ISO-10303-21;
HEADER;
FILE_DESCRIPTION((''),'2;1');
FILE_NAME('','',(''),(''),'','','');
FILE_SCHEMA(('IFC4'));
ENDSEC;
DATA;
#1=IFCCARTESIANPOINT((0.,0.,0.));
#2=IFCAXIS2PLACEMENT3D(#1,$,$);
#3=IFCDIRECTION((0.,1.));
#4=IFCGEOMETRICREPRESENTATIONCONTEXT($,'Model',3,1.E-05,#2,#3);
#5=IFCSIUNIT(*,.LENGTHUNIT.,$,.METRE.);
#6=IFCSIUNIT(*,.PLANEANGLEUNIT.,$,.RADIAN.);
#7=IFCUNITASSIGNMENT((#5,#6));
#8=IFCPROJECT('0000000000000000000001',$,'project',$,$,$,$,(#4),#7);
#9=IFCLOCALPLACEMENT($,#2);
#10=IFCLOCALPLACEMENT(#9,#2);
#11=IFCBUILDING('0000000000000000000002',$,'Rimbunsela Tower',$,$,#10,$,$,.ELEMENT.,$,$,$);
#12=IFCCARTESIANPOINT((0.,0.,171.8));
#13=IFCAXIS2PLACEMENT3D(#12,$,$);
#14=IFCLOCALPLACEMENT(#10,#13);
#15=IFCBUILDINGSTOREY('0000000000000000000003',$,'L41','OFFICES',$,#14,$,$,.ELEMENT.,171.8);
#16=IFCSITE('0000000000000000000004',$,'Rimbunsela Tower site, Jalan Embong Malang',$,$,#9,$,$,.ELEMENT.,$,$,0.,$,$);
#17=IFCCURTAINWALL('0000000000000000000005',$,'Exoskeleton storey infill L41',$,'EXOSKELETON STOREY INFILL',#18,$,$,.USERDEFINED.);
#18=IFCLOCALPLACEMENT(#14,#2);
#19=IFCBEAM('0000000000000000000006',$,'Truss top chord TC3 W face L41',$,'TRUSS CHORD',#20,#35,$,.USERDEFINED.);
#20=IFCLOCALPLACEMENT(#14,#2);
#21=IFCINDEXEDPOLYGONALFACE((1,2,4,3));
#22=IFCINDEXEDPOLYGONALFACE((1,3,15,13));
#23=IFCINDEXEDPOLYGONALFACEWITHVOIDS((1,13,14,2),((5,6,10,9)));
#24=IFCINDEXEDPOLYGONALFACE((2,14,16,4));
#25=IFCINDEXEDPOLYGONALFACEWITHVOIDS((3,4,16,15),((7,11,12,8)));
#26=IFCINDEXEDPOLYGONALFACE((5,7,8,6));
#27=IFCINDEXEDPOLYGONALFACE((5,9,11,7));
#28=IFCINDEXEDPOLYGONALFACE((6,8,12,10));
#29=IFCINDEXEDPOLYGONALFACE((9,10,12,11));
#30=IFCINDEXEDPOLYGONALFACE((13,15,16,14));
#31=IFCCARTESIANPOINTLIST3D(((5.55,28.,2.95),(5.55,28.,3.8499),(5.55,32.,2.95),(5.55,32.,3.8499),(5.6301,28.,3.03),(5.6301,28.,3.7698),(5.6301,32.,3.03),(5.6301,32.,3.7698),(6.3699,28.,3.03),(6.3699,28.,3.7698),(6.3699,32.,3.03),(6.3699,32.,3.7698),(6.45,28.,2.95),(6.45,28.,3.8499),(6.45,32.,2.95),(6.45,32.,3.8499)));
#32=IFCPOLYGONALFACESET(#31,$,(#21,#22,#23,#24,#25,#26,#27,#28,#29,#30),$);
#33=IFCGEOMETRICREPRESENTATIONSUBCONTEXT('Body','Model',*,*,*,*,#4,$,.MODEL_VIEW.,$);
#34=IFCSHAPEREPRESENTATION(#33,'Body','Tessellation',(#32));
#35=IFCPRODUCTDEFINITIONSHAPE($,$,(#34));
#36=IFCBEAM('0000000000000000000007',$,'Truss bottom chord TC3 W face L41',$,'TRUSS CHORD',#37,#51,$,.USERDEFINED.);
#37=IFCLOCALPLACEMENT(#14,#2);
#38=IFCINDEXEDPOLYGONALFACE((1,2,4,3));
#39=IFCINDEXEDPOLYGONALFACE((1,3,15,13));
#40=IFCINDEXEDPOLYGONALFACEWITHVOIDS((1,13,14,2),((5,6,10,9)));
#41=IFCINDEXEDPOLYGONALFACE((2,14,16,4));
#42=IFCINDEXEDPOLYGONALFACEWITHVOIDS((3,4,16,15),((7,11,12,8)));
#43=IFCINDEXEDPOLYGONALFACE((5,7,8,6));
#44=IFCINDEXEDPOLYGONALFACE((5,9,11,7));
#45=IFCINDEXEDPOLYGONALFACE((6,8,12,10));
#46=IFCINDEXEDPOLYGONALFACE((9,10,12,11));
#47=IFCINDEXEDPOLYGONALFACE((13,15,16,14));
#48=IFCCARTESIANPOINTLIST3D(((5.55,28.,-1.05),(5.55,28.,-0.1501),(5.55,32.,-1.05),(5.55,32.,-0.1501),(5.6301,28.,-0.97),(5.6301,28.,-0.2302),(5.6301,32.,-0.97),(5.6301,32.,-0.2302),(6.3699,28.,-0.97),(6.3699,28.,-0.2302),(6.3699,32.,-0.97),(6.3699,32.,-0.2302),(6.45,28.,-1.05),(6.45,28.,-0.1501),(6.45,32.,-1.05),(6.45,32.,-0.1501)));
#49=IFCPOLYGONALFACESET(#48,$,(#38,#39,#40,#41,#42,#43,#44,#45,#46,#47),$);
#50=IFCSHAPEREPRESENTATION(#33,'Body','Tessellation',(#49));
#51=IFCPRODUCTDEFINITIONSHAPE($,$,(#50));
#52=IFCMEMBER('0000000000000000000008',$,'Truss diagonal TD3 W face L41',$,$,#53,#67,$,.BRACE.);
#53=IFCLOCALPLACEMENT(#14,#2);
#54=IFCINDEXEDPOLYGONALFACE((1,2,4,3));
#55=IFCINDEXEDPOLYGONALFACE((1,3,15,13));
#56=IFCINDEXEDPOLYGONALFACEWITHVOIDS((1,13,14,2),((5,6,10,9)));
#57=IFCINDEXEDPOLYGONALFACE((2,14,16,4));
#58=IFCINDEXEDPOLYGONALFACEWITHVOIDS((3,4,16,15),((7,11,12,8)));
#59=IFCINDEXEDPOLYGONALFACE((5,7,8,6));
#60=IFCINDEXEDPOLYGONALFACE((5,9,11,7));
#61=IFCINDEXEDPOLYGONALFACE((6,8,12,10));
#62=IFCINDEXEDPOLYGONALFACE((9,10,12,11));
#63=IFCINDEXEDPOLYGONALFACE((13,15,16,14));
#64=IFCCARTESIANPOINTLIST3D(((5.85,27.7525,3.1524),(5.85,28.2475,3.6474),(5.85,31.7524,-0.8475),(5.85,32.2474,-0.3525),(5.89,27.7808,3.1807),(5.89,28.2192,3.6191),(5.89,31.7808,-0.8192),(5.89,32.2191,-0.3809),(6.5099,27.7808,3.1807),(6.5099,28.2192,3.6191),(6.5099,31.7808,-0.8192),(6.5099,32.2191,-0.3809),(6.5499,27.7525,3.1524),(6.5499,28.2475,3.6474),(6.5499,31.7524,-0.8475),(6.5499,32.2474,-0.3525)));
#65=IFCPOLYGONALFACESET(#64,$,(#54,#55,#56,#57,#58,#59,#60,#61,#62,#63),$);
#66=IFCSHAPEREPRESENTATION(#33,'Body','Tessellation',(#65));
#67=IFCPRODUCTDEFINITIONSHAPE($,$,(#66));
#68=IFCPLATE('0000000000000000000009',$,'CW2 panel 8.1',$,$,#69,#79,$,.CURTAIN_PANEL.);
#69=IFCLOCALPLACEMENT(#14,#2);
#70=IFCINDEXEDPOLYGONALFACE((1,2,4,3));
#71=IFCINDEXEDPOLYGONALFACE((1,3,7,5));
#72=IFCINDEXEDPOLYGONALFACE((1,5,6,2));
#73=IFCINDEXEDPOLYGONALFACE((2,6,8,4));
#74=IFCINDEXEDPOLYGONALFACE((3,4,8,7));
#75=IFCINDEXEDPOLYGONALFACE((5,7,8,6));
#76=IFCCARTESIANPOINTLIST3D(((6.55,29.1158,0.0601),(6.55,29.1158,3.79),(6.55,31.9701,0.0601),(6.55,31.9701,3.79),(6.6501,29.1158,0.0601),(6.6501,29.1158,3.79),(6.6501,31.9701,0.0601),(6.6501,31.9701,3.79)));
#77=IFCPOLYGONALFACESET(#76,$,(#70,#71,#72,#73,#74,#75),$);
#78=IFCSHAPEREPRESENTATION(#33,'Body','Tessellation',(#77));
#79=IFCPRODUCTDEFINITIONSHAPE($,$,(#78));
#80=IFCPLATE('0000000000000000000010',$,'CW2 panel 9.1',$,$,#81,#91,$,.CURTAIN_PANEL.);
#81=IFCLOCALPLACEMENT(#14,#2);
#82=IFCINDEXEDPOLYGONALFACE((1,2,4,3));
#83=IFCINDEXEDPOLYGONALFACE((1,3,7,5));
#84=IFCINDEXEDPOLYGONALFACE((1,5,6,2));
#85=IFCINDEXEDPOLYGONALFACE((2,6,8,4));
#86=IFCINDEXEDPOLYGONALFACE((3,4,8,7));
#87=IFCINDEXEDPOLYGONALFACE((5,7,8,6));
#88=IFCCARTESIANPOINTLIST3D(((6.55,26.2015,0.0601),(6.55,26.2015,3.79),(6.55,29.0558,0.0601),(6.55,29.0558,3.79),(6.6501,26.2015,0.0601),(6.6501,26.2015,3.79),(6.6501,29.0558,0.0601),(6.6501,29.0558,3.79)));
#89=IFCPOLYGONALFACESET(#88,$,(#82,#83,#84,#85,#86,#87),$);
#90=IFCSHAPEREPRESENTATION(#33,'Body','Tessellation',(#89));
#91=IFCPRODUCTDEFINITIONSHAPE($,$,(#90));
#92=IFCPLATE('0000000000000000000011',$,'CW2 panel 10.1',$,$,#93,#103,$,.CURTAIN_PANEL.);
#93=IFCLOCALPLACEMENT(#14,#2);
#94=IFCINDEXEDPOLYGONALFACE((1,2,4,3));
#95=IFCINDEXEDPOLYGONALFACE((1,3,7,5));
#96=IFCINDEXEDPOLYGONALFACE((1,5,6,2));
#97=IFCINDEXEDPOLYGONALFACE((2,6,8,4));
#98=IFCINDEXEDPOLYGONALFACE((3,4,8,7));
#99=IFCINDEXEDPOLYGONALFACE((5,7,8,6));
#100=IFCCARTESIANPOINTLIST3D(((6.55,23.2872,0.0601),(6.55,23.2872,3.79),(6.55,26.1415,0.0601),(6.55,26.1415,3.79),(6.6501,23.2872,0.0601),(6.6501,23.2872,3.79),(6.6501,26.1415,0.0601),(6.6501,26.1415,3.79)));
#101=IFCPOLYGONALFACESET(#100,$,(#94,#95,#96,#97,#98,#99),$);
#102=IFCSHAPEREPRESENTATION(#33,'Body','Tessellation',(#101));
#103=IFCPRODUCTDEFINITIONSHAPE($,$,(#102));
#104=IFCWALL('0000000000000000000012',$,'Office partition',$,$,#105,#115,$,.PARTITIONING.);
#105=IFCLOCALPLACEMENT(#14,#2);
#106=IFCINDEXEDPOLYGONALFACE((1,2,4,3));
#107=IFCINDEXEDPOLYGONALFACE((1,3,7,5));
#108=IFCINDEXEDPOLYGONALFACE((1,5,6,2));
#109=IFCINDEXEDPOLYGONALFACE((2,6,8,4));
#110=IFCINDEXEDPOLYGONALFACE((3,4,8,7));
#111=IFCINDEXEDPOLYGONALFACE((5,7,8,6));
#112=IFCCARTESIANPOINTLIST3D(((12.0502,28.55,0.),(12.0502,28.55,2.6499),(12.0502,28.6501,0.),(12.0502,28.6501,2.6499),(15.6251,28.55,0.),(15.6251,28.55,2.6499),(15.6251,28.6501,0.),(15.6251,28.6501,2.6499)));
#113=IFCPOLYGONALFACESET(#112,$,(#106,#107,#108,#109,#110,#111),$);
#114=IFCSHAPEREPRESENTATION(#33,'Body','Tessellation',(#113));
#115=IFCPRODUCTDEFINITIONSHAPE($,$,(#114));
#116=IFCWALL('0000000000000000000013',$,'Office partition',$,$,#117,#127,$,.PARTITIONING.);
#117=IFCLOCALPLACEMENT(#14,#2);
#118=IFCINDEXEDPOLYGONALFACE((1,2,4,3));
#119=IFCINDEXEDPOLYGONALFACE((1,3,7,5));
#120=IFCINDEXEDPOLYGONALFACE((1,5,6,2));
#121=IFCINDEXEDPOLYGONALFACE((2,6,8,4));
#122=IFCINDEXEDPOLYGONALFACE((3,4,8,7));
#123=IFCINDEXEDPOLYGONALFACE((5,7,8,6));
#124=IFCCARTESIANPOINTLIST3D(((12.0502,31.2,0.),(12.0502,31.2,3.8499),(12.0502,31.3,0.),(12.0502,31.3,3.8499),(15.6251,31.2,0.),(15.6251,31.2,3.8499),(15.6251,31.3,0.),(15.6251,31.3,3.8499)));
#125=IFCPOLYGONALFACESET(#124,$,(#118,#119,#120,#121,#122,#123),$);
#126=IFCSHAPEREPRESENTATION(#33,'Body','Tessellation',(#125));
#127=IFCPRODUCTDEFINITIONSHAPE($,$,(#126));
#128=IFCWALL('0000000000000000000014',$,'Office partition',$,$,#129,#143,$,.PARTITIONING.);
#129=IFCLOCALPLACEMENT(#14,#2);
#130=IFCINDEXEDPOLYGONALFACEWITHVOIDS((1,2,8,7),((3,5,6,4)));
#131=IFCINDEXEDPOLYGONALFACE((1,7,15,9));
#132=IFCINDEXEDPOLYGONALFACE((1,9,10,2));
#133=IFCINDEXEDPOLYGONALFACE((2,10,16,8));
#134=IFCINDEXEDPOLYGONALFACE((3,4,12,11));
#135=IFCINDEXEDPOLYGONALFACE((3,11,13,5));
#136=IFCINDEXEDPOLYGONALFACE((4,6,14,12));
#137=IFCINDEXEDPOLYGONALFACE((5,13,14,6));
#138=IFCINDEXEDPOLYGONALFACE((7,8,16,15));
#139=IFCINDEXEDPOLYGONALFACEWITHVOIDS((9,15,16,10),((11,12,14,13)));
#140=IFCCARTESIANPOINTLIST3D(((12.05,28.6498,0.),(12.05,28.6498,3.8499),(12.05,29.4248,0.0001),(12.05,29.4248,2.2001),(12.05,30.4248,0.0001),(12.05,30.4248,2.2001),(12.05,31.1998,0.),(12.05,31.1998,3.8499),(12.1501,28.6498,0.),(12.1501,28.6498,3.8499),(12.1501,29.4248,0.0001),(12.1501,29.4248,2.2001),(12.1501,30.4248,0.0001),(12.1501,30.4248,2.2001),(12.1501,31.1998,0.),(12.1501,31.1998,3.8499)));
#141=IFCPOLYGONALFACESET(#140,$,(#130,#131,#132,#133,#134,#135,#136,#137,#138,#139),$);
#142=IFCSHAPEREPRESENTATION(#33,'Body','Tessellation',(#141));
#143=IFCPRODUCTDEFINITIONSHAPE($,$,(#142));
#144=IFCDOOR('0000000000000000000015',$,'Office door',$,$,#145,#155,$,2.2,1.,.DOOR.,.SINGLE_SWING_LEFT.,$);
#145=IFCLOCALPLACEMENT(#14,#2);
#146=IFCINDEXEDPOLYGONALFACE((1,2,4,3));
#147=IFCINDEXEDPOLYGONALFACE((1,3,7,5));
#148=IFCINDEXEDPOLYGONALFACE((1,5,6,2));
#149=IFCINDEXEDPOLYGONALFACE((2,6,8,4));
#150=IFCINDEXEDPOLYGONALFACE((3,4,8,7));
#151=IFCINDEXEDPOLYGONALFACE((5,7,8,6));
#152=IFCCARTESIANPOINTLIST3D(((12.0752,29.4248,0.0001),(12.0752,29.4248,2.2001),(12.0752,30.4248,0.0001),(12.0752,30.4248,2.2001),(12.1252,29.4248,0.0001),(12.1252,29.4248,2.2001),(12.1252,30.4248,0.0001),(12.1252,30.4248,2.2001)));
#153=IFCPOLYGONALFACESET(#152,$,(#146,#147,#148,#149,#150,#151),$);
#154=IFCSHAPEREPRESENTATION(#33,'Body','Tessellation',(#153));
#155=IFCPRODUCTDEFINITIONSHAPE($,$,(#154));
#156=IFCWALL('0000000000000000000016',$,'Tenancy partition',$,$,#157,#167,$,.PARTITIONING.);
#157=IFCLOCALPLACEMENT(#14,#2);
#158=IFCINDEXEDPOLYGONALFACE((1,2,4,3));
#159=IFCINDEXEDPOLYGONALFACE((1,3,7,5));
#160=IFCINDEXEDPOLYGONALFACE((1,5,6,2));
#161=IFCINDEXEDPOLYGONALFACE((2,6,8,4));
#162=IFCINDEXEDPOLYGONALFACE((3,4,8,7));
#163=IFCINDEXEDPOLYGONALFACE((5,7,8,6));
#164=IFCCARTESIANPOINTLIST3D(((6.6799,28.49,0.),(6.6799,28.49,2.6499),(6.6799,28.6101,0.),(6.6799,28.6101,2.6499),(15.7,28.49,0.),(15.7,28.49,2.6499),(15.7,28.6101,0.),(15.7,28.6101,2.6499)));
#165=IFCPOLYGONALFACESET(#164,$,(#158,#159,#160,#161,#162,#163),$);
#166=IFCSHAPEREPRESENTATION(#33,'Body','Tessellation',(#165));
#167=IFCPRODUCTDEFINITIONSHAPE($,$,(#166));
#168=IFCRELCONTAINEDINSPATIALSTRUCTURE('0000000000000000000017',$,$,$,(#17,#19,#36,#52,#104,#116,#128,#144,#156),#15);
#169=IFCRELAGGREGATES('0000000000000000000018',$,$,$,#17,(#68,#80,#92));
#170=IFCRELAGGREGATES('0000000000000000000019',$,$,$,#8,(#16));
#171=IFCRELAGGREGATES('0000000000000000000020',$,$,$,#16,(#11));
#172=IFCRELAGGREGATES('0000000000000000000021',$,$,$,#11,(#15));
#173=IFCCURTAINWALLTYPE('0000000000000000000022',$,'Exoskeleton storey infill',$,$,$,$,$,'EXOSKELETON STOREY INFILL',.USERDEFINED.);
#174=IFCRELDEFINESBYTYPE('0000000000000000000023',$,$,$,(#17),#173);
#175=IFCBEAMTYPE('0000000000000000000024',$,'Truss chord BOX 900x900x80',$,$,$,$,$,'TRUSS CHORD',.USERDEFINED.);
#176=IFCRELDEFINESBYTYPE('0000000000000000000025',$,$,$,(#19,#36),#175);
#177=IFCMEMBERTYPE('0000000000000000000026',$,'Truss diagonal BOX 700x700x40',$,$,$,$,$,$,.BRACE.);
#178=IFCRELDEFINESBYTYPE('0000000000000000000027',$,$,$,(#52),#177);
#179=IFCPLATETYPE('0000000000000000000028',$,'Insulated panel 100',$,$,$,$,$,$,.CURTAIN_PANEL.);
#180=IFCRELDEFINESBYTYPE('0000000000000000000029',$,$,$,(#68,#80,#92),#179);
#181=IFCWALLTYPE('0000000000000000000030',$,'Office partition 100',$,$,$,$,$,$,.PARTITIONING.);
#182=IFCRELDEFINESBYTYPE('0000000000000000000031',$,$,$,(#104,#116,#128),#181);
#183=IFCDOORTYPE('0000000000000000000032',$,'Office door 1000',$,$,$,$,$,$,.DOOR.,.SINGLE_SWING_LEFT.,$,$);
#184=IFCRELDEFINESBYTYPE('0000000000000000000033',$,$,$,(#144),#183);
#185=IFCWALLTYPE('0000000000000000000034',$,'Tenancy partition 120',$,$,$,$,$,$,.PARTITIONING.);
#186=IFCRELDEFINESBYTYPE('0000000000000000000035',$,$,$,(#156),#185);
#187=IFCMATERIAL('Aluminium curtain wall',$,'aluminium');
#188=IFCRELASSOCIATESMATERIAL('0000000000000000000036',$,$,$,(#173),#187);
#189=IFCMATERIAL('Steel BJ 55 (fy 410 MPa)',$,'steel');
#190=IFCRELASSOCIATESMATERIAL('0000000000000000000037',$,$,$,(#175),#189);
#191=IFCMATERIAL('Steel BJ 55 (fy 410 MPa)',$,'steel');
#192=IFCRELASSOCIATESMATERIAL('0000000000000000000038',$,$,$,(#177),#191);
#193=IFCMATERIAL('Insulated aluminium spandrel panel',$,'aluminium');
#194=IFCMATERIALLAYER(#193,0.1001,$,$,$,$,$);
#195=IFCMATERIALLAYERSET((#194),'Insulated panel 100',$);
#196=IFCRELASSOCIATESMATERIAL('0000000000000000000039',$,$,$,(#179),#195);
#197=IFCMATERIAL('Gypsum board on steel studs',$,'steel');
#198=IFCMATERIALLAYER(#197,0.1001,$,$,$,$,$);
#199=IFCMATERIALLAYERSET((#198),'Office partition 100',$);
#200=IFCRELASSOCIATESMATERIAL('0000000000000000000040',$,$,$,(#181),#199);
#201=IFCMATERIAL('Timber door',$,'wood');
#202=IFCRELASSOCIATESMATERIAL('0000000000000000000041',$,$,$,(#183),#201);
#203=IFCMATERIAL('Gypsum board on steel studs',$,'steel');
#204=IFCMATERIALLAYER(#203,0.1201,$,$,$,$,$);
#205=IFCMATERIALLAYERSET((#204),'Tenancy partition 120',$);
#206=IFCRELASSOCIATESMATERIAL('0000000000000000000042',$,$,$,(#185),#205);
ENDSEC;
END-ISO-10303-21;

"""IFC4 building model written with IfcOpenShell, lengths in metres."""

from ifc_helpers import new_model, si_unit, direction, frame, frame_2d, origin, origin_2d, place, context, subcontext, project, spatial, rectangle, hollow_rectangle, extrude, material, layer, layer_set, material_profile, profile_set, type_object, element, fill, aggregate, save


model = new_model("IFC4")

# Units and contexts
model_context = context("Model", 3, precision=1e-05, world=origin(), true_north=direction((0.0, 1.0)))
body_context = subcontext(model_context, "Body", "Model", "MODEL_VIEW")
ifc_project = project(units=[si_unit("LENGTHUNIT", "METRE"), si_unit("PLANEANGLEUNIT", "RADIAN")], contexts=[model_context])

# Site, building, storey
site_placement = place(None, origin())
site = spatial("IfcSite", under=ifc_project, at=site_placement, Name="Rimbunsela Tower site, Jalan Embong Malang", CompositionType="ELEMENT", RefElevation=0.0)
building_placement = place(site_placement, origin())
building = spatial("IfcBuilding", under=site, at=building_placement, Name="Rimbunsela Tower", CompositionType="ELEMENT")
storey_placement = place(building_placement, frame((0.0, 0.0, 171.8)))
storey = spatial("IfcBuildingStorey", under=building, at=storey_placement, Name="L41", Description="OFFICES", CompositionType="ELEMENT", Elevation=171.8)

# Curtain wall
ifc_material_1 = material(Name="Aluminium curtain wall", Category="aluminium")
curtain_wall_type = type_object("IfcCurtainWallType", Name="Exoskeleton storey infill", ElementType="EXOSKELETON STOREY INFILL", PredefinedType="USERDEFINED", material=ifc_material_1)
curtain_wall_placement = place(storey_placement, origin())
curtain_wall = element("IfcCurtainWall", 1, at=curtain_wall_placement, inside=storey, type_object=curtain_wall_type, Name="Exoskeleton storey infill L41", ObjectType="EXOSKELETON STOREY INFILL", PredefinedType="USERDEFINED")

# Beams
ifc_material_2 = material(Name="Steel BJ 55 (fy 410 MPa)", Category="steel")
ifc_material_profile_1 = material_profile(ifc_material_2, hollow_rectangle(XDim=0.8999, YDim=0.8999, WallThickness=0.0801, at=origin_2d()), Name="BOX 900x900x80")
ifc_profile_set_1 = profile_set([ifc_material_profile_1], Name="Steel BJ 55 (fy 410 MPa)")
beam_type_1 = type_object("IfcBeamType", Name="Truss chord BOX 900x900x80", ElementType="TRUSS CHORD", PredefinedType="USERDEFINED", material=ifc_profile_set_1)
for number, where, z_axis, x_axis, name in (
    (2, (6.0, 28.0, 3.3999), (0.0, 1.0, 0.0), (-1.0, 0.0, 0.0), "Truss top chord TC3 W face L41"),
    (3, (6.0, 28.0, -0.6001), (0.0, 1.0, 0.0), (-1.0, 0.0, 0.0), "Truss bottom chord TC3 W face L41"),
):
    element("IfcBeam", number, at=place(storey_placement, frame(where, z_axis=z_axis, x_axis=x_axis)), inside=storey, type_object=beam_type_1, Name=name, ObjectType="TRUSS CHORD", PredefinedType="USERDEFINED", context=body_context, shape_type="SweptSolid", body=[
        extrude(hollow_rectangle(XDim=0.8999, YDim=0.8999, WallThickness=0.0801, at=origin_2d()), origin(), (0.0, 0.0, 1.0), 4.0),
    ])

# Member
ifc_material_3 = material(Name="Steel BJ 55 (fy 410 MPa)", Category="steel")
ifc_material_profile_2 = material_profile(ifc_material_3, hollow_rectangle(XDim=0.7, YDim=0.7, WallThickness=0.04, at=origin_2d()), Name="BOX 700x700x40")
ifc_profile_set_2 = profile_set([ifc_material_profile_2], Name="Steel BJ 55 (fy 410 MPa)")
member_type_1 = type_object("IfcMemberType", Name="Truss diagonal BOX 700x700x40", PredefinedType="BRACE", material=ifc_profile_set_2)
member_1_placement = place(storey_placement, frame((6.2, 28.0, 3.3999), z_axis=(0.0, 0.707107, -0.707107), x_axis=(-1.0, 0.0, 0.0)))
element("IfcMember", 4, at=member_1_placement, inside=storey, type_object=member_type_1, Name="Truss diagonal TD3 W face L41", PredefinedType="BRACE", context=body_context, shape_type="SweptSolid", body=[
    extrude(hollow_rectangle(XDim=0.7, YDim=0.7, WallThickness=0.04, at=origin_2d()), origin(), (0.0, 0.0, 1.0), 5.6567),
])

# Plates
ifc_material_4 = material(Name="Insulated aluminium spandrel panel", Category="aluminium")
ifc_layer_1 = layer(ifc_material_4, 0.1001)
ifc_layer_set_1 = layer_set([ifc_layer_1], Name="Insulated panel 100")
plate_type = type_object("IfcPlateType", Name="Insulated panel 100", PredefinedType="CURTAIN_PANEL", material=ifc_layer_set_1)
plate_1_placement = place(storey_placement, frame((6.6001, 30.543, 0.0601), z_axis=(0.0, 0.0, 1.0), x_axis=(0.0, -1.0, 0.0)))
plate_1 = element("IfcPlate", 5, at=plate_1_placement, type_object=plate_type, Name="CW2 panel 8.1", PredefinedType="CURTAIN_PANEL", context=body_context, shape_type="SweptSolid", body=[
    extrude(rectangle(XDim=2.8542, YDim=0.1001, at=origin_2d()), origin(), (0.0, 0.0, 1.0), 3.73),
])
plate_2_placement = place(storey_placement, frame((6.6001, 27.6287, 0.0601), z_axis=(0.0, 0.0, 1.0), x_axis=(0.0, -1.0, 0.0)))
plate_2 = element("IfcPlate", 6, at=plate_2_placement, type_object=plate_type, Name="CW2 panel 9.1", PredefinedType="CURTAIN_PANEL", context=body_context, shape_type="SweptSolid", body=[
    extrude(rectangle(XDim=2.8542, YDim=0.1001, at=origin_2d()), origin(), (0.0, 0.0, 1.0), 3.73),
])
plate_3_placement = place(storey_placement, frame((6.6001, 24.7144, 0.0601), z_axis=(0.0, 0.0, 1.0), x_axis=(0.0, -1.0, 0.0)))
plate_3 = element("IfcPlate", 7, at=plate_3_placement, type_object=plate_type, Name="CW2 panel 10.1", PredefinedType="CURTAIN_PANEL", context=body_context, shape_type="SweptSolid", body=[
    extrude(rectangle(XDim=2.8542, YDim=0.1001, at=origin_2d()), origin(), (0.0, 0.0, 1.0), 3.73),
])
aggregate(curtain_wall, [plate_1, plate_2, plate_3])

# Walls
ifc_material_5 = material(Name="Gypsum board on steel studs", Category="steel")
ifc_layer_2 = layer(ifc_material_5, 0.1001)
ifc_layer_set_2 = layer_set([ifc_layer_2], Name="Office partition 100")
wall_type_1 = type_object("IfcWallType", Name="Office partition 100", PredefinedType="PARTITIONING", material=ifc_layer_set_2)
wall_1_placement = place(storey_placement, frame((12.05, 28.6001, 0.0), z_axis=(0.0, 0.0, 1.0), x_axis=(1.0, 0.0, 0.0)))
element("IfcWall", 8, at=wall_1_placement, inside=storey, type_object=wall_type_1, Name="Office partition", PredefinedType="PARTITIONING", context=body_context, shape_type="SweptSolid", body=[
    extrude(rectangle(XDim=3.575, YDim=0.1001, at=frame_2d((1.7876, 0.0))), origin(), (0.0, 0.0, 1.0), 2.6499),
])
wall_2_placement = place(storey_placement, frame((12.05, 31.25, 0.0), z_axis=(0.0, 0.0, 1.0), x_axis=(1.0, 0.0, 0.0)))
element("IfcWall", 9, at=wall_2_placement, inside=storey, type_object=wall_type_1, Name="Office partition", PredefinedType="PARTITIONING", context=body_context, shape_type="SweptSolid", body=[
    extrude(rectangle(XDim=3.575, YDim=0.1001, at=frame_2d((1.7876, 0.0))), origin(), (0.0, 0.0, 1.0), 3.8499),
])

# Wall, opening, door
wall_3_placement = place(storey_placement, frame((12.1001, 28.6499, 0.0), z_axis=(0.0, 0.0, 1.0), x_axis=(0.0, 1.0, 0.0)))
wall_3 = element("IfcWall", 10, at=wall_3_placement, inside=storey, type_object=wall_type_1, Name="Office partition", PredefinedType="PARTITIONING", context=body_context, shape_type="SweptSolid", body=[
    extrude(rectangle(XDim=2.55, YDim=0.1001, at=frame_2d((1.2749, 0.0))), origin(), (0.0, 0.0, 1.0), 3.8499),
])
opening_placement = place(wall_3_placement, frame((0.7749, 0.0, 0.0)))
opening = element("IfcOpeningElement", 11, at=opening_placement, cuts=wall_3, PredefinedType="OPENING", context=body_context, shape_type="SweptSolid", body=[
    extrude(rectangle(XDim=1.0, YDim=2.2, at=frame_2d((0.5, 1.1001))), frame((0.0, 0.0601, 0.0), z_axis=(0.0, -1.0, 0.0), x_axis=(1.0, 0.0, 0.0)), (0.0, 0.0, 1.0), 0.1201),
])
ifc_material_6 = material(Name="Timber door", Category="wood")
door_type = type_object("IfcDoorType", Name="Office door 1000", OperationType="SINGLE_SWING_LEFT", PredefinedType="DOOR", material=ifc_material_6)
door_placement = place(opening_placement, origin())
door = element("IfcDoor", 12, at=door_placement, inside=storey, type_object=door_type, Name="Office door", OperationType="SINGLE_SWING_LEFT", OverallHeight=2.2, OverallWidth=1.0, PredefinedType="DOOR", context=body_context, shape_type="SweptSolid", body=[
    extrude(rectangle(XDim=1.0, YDim=2.2, at=frame_2d((0.5, 1.1001))), frame((0.0, 0.0249, 0.0), z_axis=(0.0, -1.0, 0.0), x_axis=(1.0, 0.0, 0.0)), (0.0, 0.0, 1.0), 0.05),
])
fill(opening, door)

# Wall
ifc_material_7 = material(Name="Gypsum board on steel studs", Category="steel")
ifc_layer_3 = layer(ifc_material_7, 0.1201)
ifc_layer_set_3 = layer_set([ifc_layer_3], Name="Tenancy partition 120")
wall_type_2 = type_object("IfcWallType", Name="Tenancy partition 120", PredefinedType="PARTITIONING", material=ifc_layer_set_3)
wall_4_placement = place(storey_placement, frame((6.6799, 28.55, 0.0), z_axis=(0.0, 0.0, 1.0), x_axis=(1.0, 0.0, 0.0)))
element("IfcWall", 13, at=wall_4_placement, inside=storey, type_object=wall_type_2, Name="Tenancy partition", PredefinedType="PARTITIONING", context=body_context, shape_type="SweptSolid", body=[
    extrude(rectangle(XDim=9.02, YDim=0.1201, at=frame_2d((4.51, 0.0))), origin(), (0.0, 0.0, 1.0), 2.6499),
])

save(model, "model.ifc")
